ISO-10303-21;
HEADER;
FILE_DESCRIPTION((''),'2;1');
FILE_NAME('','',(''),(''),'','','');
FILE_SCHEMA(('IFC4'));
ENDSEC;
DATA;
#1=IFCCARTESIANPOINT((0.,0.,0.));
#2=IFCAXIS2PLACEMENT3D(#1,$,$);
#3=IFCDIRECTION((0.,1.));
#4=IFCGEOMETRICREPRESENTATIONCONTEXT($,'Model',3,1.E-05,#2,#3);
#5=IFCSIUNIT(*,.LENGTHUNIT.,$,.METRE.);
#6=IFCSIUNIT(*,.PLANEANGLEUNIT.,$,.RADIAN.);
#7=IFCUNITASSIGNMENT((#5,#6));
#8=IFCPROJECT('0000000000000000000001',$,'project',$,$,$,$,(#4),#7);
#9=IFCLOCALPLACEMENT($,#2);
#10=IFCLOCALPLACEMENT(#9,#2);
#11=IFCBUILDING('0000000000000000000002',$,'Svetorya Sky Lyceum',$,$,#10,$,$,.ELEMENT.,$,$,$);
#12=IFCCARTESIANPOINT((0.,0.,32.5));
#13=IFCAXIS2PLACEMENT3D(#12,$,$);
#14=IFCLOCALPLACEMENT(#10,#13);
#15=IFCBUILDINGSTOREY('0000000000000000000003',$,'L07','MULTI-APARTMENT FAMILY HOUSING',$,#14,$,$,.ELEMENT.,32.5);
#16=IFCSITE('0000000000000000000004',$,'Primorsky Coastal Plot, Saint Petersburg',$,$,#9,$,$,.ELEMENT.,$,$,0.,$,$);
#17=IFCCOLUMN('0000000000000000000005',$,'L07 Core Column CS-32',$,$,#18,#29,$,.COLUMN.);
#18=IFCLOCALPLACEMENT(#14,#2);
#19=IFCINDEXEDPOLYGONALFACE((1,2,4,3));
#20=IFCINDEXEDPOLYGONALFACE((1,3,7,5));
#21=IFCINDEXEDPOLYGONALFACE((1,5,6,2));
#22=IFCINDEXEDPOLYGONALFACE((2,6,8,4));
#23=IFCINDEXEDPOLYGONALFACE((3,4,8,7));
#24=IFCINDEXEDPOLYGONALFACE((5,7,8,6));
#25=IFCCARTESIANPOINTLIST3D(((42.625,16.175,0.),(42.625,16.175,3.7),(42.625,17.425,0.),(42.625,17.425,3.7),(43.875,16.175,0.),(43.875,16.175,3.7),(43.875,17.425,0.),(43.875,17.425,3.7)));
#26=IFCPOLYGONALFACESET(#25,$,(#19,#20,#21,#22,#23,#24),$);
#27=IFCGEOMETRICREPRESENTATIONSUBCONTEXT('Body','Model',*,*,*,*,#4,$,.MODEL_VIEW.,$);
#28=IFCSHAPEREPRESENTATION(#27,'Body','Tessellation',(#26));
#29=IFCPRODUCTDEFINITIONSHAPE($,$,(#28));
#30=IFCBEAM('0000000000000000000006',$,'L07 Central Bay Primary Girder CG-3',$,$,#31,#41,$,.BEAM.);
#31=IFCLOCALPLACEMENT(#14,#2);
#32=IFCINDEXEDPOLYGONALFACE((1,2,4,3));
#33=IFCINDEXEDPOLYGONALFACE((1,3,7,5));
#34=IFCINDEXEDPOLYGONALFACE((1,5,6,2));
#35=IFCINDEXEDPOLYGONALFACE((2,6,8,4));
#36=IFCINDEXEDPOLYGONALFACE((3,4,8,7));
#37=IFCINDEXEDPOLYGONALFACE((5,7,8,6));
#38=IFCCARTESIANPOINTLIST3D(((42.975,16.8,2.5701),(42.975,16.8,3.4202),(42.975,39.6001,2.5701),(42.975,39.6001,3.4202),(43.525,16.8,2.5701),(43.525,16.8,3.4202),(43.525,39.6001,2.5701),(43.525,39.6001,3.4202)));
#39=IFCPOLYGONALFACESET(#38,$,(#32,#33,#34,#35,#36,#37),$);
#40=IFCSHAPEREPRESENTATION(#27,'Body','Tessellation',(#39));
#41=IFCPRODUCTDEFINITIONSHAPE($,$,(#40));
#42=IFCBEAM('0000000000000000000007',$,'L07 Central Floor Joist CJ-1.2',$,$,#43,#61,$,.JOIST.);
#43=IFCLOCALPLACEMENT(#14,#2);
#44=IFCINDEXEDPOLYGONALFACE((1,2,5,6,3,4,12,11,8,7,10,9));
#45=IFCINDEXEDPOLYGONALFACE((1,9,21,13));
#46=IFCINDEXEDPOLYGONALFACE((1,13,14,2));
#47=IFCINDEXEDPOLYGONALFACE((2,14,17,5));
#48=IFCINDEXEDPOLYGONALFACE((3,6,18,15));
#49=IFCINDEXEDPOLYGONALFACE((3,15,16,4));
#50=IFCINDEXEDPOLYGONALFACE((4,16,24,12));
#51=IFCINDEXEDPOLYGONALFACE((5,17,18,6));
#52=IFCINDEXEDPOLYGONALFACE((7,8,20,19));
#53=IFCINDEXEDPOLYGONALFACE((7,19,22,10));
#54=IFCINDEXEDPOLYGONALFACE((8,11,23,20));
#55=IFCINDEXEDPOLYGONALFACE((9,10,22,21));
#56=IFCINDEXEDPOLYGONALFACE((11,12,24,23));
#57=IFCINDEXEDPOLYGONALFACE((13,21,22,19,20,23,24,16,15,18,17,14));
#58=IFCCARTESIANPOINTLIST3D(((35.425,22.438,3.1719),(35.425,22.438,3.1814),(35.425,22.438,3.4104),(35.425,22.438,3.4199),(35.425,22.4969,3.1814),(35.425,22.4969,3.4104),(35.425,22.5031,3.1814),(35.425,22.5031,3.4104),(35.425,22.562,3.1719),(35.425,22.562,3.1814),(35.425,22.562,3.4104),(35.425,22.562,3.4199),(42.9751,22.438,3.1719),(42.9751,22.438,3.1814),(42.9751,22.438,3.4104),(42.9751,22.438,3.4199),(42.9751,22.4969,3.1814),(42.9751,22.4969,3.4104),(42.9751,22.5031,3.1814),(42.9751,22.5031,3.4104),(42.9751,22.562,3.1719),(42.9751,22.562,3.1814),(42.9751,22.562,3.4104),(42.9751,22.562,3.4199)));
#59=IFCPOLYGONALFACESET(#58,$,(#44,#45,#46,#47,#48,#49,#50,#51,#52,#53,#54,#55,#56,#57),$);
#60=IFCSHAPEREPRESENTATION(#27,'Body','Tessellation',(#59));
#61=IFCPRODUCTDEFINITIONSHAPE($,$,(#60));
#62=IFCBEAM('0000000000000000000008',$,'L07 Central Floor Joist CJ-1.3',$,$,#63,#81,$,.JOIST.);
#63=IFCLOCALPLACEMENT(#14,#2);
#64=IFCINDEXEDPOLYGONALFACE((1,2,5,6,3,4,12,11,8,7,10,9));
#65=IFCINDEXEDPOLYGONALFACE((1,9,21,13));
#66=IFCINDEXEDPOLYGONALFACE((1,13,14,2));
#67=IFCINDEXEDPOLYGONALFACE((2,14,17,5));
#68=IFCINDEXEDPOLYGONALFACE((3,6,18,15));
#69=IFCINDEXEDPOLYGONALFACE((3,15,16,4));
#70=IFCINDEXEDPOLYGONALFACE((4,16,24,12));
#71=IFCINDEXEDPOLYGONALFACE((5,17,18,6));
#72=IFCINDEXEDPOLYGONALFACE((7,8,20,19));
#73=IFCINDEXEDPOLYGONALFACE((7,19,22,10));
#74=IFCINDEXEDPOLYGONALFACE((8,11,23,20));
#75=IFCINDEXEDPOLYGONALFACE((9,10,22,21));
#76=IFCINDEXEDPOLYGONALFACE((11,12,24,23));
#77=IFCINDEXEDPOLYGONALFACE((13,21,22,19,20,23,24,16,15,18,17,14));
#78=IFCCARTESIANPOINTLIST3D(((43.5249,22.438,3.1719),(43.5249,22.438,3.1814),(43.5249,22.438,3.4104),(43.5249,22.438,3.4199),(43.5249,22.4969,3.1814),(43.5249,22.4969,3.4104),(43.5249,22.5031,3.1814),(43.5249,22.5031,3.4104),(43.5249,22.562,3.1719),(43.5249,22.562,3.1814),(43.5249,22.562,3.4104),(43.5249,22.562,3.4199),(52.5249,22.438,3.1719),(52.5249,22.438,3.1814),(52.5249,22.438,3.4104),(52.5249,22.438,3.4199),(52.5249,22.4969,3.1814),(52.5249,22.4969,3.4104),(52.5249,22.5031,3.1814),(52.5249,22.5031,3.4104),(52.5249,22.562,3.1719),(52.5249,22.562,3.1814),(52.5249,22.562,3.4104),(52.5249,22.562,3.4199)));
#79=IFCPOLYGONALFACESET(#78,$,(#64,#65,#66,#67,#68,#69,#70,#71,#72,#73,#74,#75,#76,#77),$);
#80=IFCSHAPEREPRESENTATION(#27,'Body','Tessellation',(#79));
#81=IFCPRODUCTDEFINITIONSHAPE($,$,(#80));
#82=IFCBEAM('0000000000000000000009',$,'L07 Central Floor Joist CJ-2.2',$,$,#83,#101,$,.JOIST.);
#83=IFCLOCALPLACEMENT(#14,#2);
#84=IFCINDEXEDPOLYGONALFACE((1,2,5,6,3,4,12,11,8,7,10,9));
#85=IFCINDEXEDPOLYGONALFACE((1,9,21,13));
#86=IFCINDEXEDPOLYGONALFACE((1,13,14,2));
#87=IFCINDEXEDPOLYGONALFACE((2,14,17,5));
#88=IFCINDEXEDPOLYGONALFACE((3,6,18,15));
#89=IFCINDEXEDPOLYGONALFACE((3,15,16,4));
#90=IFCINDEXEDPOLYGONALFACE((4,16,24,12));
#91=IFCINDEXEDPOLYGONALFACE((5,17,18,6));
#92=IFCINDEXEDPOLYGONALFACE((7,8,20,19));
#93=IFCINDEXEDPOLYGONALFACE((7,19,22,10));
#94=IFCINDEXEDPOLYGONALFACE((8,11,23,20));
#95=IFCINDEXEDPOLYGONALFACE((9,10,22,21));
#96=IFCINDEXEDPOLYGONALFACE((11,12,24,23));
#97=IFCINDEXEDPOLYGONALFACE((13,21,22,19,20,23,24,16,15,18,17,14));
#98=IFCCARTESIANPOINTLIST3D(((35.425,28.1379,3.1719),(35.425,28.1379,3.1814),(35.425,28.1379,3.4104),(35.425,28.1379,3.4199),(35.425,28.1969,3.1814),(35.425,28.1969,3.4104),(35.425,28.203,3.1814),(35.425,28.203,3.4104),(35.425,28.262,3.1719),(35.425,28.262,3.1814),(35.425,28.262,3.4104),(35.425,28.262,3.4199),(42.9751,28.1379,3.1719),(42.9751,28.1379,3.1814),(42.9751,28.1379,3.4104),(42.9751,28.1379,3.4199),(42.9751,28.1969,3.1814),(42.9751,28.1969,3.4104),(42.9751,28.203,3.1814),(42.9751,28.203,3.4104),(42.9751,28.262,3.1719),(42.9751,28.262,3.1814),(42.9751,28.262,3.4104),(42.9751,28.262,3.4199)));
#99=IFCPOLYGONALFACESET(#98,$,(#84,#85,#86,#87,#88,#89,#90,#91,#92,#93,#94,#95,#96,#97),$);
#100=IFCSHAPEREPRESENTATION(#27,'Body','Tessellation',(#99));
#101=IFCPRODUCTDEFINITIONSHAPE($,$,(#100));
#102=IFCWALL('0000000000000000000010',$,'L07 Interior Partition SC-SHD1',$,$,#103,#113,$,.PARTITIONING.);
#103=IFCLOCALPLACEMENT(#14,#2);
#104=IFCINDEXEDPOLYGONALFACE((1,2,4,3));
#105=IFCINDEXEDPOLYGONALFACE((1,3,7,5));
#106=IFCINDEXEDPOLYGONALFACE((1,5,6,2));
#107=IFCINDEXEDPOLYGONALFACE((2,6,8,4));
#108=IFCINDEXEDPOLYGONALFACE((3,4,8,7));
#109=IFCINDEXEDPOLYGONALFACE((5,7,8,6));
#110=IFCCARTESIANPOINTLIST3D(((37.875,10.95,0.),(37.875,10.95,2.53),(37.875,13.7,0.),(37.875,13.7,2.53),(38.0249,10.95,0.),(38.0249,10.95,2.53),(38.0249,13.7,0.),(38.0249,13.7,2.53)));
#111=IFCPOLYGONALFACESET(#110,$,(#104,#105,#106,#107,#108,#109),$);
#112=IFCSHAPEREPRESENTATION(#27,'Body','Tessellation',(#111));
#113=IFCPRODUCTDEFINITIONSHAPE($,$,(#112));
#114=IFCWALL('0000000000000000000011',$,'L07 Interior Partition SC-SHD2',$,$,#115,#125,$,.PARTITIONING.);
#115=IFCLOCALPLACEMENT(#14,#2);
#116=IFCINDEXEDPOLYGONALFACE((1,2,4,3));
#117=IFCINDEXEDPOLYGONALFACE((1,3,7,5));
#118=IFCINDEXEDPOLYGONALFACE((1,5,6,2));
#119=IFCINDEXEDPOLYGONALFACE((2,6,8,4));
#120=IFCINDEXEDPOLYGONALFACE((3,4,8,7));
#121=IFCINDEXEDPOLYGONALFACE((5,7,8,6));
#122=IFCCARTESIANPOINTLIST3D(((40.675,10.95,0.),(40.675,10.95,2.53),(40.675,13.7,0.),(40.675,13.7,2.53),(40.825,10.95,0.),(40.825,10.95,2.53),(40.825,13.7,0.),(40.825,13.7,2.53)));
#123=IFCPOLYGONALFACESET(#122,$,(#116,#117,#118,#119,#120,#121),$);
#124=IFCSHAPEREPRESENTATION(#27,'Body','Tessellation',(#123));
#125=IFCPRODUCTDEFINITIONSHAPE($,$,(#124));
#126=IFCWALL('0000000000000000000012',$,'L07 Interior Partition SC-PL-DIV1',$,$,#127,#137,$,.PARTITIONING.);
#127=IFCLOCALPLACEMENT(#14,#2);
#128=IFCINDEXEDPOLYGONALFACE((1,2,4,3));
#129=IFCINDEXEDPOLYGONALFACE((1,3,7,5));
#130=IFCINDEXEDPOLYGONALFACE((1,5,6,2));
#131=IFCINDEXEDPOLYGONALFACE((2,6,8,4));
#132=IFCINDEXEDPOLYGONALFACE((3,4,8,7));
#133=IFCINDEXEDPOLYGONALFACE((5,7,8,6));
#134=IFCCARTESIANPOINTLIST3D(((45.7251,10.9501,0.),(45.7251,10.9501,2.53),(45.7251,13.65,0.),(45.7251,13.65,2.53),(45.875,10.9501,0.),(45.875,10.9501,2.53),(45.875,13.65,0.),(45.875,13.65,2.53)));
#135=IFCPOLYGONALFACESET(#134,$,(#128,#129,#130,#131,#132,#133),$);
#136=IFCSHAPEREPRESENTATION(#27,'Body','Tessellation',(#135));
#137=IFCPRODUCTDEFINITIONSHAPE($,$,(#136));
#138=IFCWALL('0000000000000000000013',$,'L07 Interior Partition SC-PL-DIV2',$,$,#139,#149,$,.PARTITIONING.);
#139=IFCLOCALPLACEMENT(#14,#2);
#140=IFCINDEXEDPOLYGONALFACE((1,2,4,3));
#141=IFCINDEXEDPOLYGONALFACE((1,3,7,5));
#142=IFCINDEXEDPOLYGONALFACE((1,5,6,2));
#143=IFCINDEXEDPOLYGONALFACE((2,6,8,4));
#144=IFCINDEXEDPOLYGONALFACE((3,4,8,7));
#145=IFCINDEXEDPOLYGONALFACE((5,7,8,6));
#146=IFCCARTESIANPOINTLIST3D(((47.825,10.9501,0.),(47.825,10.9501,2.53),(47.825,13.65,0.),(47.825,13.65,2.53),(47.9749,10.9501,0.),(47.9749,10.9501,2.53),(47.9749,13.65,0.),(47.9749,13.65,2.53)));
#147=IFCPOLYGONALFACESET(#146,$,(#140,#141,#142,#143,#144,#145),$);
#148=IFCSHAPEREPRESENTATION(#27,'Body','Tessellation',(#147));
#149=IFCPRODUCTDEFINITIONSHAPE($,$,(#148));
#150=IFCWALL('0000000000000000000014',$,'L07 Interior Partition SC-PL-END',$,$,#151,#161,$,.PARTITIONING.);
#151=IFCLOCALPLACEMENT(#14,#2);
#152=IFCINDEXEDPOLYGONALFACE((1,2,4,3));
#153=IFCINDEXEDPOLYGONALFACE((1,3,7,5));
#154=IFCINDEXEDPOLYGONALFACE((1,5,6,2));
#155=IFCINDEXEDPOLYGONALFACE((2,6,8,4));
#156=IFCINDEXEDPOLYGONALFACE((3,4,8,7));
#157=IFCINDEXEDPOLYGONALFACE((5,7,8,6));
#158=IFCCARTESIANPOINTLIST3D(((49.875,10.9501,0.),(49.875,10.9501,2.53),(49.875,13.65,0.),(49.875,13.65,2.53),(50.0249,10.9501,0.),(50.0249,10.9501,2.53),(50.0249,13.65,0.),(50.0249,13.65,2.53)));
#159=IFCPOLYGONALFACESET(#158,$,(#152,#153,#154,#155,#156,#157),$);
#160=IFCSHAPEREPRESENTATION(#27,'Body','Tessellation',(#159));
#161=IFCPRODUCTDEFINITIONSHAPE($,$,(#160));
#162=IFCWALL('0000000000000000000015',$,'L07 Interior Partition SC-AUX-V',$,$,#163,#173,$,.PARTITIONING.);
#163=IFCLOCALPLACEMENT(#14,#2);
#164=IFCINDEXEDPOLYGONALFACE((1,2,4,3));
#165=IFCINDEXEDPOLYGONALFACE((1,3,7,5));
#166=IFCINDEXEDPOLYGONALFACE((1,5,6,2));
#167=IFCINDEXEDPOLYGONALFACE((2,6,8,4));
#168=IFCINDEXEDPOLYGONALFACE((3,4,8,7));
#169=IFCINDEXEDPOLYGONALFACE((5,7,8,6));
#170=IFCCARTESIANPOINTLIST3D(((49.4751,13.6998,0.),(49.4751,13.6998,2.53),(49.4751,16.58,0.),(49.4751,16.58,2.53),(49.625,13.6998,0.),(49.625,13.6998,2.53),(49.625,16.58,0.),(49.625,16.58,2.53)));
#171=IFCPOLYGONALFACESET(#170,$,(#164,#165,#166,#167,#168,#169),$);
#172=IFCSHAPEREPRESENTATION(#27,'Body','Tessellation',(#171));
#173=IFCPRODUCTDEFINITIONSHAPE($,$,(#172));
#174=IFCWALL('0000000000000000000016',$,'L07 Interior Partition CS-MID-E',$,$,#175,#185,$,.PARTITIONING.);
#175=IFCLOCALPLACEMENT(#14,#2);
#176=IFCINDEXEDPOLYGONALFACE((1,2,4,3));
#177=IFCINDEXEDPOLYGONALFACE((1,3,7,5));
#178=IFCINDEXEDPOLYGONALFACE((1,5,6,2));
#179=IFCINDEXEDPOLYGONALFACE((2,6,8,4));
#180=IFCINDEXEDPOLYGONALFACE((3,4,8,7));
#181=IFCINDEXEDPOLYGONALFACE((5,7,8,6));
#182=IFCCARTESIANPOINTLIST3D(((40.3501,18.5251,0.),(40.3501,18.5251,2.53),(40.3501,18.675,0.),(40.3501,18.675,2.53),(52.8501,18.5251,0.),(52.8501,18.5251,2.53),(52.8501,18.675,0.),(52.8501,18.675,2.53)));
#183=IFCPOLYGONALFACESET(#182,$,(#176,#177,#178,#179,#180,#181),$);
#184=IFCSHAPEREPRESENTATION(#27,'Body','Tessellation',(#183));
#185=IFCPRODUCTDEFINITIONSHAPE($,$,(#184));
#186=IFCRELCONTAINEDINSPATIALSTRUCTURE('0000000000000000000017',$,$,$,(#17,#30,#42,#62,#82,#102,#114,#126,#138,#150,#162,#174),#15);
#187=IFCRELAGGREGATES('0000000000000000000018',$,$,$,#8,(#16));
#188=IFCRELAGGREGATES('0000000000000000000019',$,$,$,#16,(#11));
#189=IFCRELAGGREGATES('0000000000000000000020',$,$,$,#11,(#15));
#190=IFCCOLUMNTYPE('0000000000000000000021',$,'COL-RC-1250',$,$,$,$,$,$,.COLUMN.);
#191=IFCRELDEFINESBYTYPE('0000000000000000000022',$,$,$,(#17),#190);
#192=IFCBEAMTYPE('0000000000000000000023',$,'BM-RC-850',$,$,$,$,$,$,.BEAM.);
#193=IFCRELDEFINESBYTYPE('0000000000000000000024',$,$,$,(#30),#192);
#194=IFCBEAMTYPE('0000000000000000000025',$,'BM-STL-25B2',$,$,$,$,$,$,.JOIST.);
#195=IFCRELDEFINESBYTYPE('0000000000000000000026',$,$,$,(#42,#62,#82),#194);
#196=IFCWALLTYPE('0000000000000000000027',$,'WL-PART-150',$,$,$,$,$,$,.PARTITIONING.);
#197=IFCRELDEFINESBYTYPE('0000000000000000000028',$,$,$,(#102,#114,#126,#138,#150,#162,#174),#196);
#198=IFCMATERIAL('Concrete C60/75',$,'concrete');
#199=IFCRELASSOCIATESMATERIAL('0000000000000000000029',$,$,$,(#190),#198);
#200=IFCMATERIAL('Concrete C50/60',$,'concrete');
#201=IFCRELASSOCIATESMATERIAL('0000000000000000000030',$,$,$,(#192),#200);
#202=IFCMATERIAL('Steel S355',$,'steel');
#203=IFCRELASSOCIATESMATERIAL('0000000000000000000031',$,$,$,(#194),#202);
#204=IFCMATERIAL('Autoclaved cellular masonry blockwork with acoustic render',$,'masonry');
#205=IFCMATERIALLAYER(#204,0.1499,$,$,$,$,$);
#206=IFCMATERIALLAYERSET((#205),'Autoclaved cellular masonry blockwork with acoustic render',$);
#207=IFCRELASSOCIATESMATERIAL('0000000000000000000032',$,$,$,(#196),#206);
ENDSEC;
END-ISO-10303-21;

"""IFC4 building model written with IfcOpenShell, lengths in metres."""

from ifc_helpers import new_model, si_unit, direction, frame, frame_2d, origin, origin_2d, place, context, subcontext, project, spatial, rectangle, i_section, extrude, material, layer, layer_set, material_profile, profile_set, type_object, element, save


model = new_model("IFC4")

# Units and contexts
model_context = context("Model", 3, precision=1e-05, world=origin(), true_north=direction((0.0, 1.0)))
body_context = subcontext(model_context, "Body", "Model", "MODEL_VIEW")
ifc_project = project(units=[si_unit("LENGTHUNIT", "METRE"), si_unit("PLANEANGLEUNIT", "RADIAN")], contexts=[model_context])

# Site, building, storey
site_placement = place(None, origin())
site = spatial("IfcSite", under=ifc_project, at=site_placement, Name="Primorsky Coastal Plot, Saint Petersburg", CompositionType="ELEMENT", RefElevation=0.0)
building_placement = place(site_placement, origin())
building = spatial("IfcBuilding", under=site, at=building_placement, Name="Svetorya Sky Lyceum", CompositionType="ELEMENT")
storey_placement = place(building_placement, frame((0.0, 0.0, 32.5)))
storey = spatial("IfcBuildingStorey", under=building, at=storey_placement, Name="L07", Description="MULTI-APARTMENT FAMILY HOUSING", CompositionType="ELEMENT", Elevation=32.5)

# Column
ifc_material_1 = material(Name="Concrete C60/75", Category="concrete")
ifc_material_profile_1 = material_profile(ifc_material_1, rectangle(XDim=1.25, YDim=1.25, at=origin_2d()), Name="RC COL 1250x1250")
ifc_profile_set_1 = profile_set([ifc_material_profile_1], Name="Concrete C60/75")
column_type = type_object("IfcColumnType", Name="COL-RC-1250", PredefinedType="COLUMN", material=ifc_profile_set_1)
column_placement = place(storey_placement, frame((43.25, 16.8, 0.0), z_axis=(0.0, 0.0, 1.0), x_axis=(1.0, 0.0, 0.0)))
element("IfcColumn", 1, at=column_placement, inside=storey, type_object=column_type, Name="L07 Core Column CS-32", PredefinedType="COLUMN", context=body_context, shape_type="SweptSolid", body=[
    extrude(rectangle(XDim=1.25, YDim=1.25, at=origin_2d()), origin(), (0.0, 0.0, 1.0), 3.7),
])

# Beams
ifc_material_2 = material(Name="Concrete C50/60", Category="concrete")
ifc_material_profile_2 = material_profile(ifc_material_2, rectangle(XDim=0.55, YDim=0.8501, at=origin_2d()), Name="RC BEAM 550x850")
ifc_profile_set_2 = profile_set([ifc_material_profile_2], Name="Concrete C50/60")
beam_type_1 = type_object("IfcBeamType", Name="BM-RC-850", PredefinedType="BEAM", material=ifc_profile_set_2)
beam_1_placement = place(storey_placement, frame((43.25, 16.8, 2.9951), z_axis=(0.0, 1.0, 0.0), x_axis=(-1.0, 0.0, 0.0)))
element("IfcBeam", 2, at=beam_1_placement, inside=storey, type_object=beam_type_1, Name="L07 Central Bay Primary Girder CG-3", PredefinedType="BEAM", context=body_context, shape_type="SweptSolid", body=[
    extrude(rectangle(XDim=0.55, YDim=0.8501, at=origin_2d()), origin(), (0.0, 0.0, 1.0), 22.8),
])
ifc_material_3 = material(Name="Steel S355", Category="steel")
ifc_material_profile_3 = material_profile(ifc_material_3, i_section(OverallWidth=0.124, OverallDepth=0.248, WebThickness=0.0061, FlangeThickness=0.0095, at=origin_2d()), Name="GOST 25B2")
ifc_profile_set_3 = profile_set([ifc_material_profile_3], Name="Steel S355")
beam_type_2 = type_object("IfcBeamType", Name="BM-STL-25B2", PredefinedType="JOIST", material=ifc_profile_set_3)
beam_2_placement = place(storey_placement, frame((35.425, 22.5, 3.2959), z_axis=(1.0, 0.0, 0.0), x_axis=(0.0, 1.0, 0.0)))
element("IfcBeam", 3, at=beam_2_placement, inside=storey, type_object=beam_type_2, Name="L07 Central Floor Joist CJ-1.2", PredefinedType="JOIST", context=body_context, shape_type="SweptSolid", body=[
    extrude(i_section(OverallWidth=0.124, OverallDepth=0.248, WebThickness=0.0061, FlangeThickness=0.0095, at=origin_2d()), origin(), (0.0, 0.0, 1.0), 7.55),
])
beam_3_placement = place(storey_placement, frame((43.5249, 22.5, 3.2959), z_axis=(1.0, 0.0, 0.0), x_axis=(0.0, 1.0, 0.0)))
element("IfcBeam", 4, at=beam_3_placement, inside=storey, type_object=beam_type_2, Name="L07 Central Floor Joist CJ-1.3", PredefinedType="JOIST", context=body_context, shape_type="SweptSolid", body=[
    extrude(i_section(OverallWidth=0.124, OverallDepth=0.248, WebThickness=0.0061, FlangeThickness=0.0095, at=origin_2d()), origin(), (0.0, 0.0, 1.0), 9.0),
])
beam_4_placement = place(storey_placement, frame((35.425, 28.2, 3.2959), z_axis=(1.0, 0.0, 0.0), x_axis=(0.0, 1.0, 0.0)))
element("IfcBeam", 5, at=beam_4_placement, inside=storey, type_object=beam_type_2, Name="L07 Central Floor Joist CJ-2.2", PredefinedType="JOIST", context=body_context, shape_type="SweptSolid", body=[
    extrude(i_section(OverallWidth=0.124, OverallDepth=0.248, WebThickness=0.0061, FlangeThickness=0.0095, at=origin_2d()), origin(), (0.0, 0.0, 1.0), 7.55),
])

# Walls
ifc_material_4 = material(Name="Autoclaved cellular masonry blockwork with acoustic render", Category="masonry")
ifc_layer_1 = layer(ifc_material_4, 0.1499)
ifc_layer_set_1 = layer_set([ifc_layer_1], Name="Autoclaved cellular masonry blockwork with acoustic render")
wall_type_1 = type_object("IfcWallType", Name="WL-PART-150", PredefinedType="PARTITIONING", material=ifc_layer_set_1)
for number, where, z_axis, x_axis, name in (
    (6, (37.95, 10.95, 0.0), (0.0, 0.0, 1.0), (0.0, 1.0, 0.0), "L07 Interior Partition SC-SHD1"),
    (7, (40.75, 10.95, 0.0), (0.0, 0.0, 1.0), (0.0, 1.0, 0.0), "L07 Interior Partition SC-SHD2"),
):
    element("IfcWall", number, at=place(storey_placement, frame(where, z_axis=z_axis, x_axis=x_axis)), inside=storey, type_object=wall_type_1, Name=name, PredefinedType="PARTITIONING", context=body_context, shape_type="SweptSolid", body=[
        extrude(rectangle(XDim=2.75, YDim=0.1499, at=frame_2d((1.375, 0.0))), origin(), (0.0, 0.0, 1.0), 2.53),
    ])
for number, where, z_axis, x_axis, name in (
    (8, (45.8, 10.95, 0.0), (0.0, 0.0, 1.0), (0.0, 1.0, 0.0), "L07 Interior Partition SC-PL-DIV1"),
    (9, (47.8999, 10.95, 0.0), (0.0, 0.0, 1.0), (0.0, 1.0, 0.0), "L07 Interior Partition SC-PL-DIV2"),
    (10, (49.95, 10.95, 0.0), (0.0, 0.0, 1.0), (0.0, 1.0, 0.0), "L07 Interior Partition SC-PL-END"),
):
    element("IfcWall", number, at=place(storey_placement, frame(where, z_axis=z_axis, x_axis=x_axis)), inside=storey, type_object=wall_type_1, Name=name, PredefinedType="PARTITIONING", context=body_context, shape_type="SweptSolid", body=[
        extrude(rectangle(XDim=2.7, YDim=0.1499, at=frame_2d((1.3501, 0.0))), origin(), (0.0, 0.0, 1.0), 2.53),
    ])
wall_1_placement = place(storey_placement, frame((49.55, 13.7, 0.0), z_axis=(0.0, 0.0, 1.0), x_axis=(0.0, 1.0, 0.0)))
element("IfcWall", 11, at=wall_1_placement, inside=storey, type_object=wall_type_1, Name="L07 Interior Partition SC-AUX-V", PredefinedType="PARTITIONING", context=body_context, shape_type="SweptSolid", body=[
    extrude(rectangle(XDim=2.8801, YDim=0.1499, at=frame_2d((1.4399, 0.0))), origin(), (0.0, 0.0, 1.0), 2.53),
])
wall_2_placement = place(storey_placement, frame((40.3501, 18.6001, 0.0), z_axis=(0.0, 0.0, 1.0), x_axis=(1.0, 0.0, 0.0)))
element("IfcWall", 12, at=wall_2_placement, inside=storey, type_object=wall_type_1, Name="L07 Interior Partition CS-MID-E", PredefinedType="PARTITIONING", context=body_context, shape_type="SweptSolid", body=[
    extrude(rectangle(XDim=12.5, YDim=0.1499, at=frame_2d((6.25, 0.0))), origin(), (0.0, 0.0, 1.0), 2.53),
])

save(model, "model.ifc")
